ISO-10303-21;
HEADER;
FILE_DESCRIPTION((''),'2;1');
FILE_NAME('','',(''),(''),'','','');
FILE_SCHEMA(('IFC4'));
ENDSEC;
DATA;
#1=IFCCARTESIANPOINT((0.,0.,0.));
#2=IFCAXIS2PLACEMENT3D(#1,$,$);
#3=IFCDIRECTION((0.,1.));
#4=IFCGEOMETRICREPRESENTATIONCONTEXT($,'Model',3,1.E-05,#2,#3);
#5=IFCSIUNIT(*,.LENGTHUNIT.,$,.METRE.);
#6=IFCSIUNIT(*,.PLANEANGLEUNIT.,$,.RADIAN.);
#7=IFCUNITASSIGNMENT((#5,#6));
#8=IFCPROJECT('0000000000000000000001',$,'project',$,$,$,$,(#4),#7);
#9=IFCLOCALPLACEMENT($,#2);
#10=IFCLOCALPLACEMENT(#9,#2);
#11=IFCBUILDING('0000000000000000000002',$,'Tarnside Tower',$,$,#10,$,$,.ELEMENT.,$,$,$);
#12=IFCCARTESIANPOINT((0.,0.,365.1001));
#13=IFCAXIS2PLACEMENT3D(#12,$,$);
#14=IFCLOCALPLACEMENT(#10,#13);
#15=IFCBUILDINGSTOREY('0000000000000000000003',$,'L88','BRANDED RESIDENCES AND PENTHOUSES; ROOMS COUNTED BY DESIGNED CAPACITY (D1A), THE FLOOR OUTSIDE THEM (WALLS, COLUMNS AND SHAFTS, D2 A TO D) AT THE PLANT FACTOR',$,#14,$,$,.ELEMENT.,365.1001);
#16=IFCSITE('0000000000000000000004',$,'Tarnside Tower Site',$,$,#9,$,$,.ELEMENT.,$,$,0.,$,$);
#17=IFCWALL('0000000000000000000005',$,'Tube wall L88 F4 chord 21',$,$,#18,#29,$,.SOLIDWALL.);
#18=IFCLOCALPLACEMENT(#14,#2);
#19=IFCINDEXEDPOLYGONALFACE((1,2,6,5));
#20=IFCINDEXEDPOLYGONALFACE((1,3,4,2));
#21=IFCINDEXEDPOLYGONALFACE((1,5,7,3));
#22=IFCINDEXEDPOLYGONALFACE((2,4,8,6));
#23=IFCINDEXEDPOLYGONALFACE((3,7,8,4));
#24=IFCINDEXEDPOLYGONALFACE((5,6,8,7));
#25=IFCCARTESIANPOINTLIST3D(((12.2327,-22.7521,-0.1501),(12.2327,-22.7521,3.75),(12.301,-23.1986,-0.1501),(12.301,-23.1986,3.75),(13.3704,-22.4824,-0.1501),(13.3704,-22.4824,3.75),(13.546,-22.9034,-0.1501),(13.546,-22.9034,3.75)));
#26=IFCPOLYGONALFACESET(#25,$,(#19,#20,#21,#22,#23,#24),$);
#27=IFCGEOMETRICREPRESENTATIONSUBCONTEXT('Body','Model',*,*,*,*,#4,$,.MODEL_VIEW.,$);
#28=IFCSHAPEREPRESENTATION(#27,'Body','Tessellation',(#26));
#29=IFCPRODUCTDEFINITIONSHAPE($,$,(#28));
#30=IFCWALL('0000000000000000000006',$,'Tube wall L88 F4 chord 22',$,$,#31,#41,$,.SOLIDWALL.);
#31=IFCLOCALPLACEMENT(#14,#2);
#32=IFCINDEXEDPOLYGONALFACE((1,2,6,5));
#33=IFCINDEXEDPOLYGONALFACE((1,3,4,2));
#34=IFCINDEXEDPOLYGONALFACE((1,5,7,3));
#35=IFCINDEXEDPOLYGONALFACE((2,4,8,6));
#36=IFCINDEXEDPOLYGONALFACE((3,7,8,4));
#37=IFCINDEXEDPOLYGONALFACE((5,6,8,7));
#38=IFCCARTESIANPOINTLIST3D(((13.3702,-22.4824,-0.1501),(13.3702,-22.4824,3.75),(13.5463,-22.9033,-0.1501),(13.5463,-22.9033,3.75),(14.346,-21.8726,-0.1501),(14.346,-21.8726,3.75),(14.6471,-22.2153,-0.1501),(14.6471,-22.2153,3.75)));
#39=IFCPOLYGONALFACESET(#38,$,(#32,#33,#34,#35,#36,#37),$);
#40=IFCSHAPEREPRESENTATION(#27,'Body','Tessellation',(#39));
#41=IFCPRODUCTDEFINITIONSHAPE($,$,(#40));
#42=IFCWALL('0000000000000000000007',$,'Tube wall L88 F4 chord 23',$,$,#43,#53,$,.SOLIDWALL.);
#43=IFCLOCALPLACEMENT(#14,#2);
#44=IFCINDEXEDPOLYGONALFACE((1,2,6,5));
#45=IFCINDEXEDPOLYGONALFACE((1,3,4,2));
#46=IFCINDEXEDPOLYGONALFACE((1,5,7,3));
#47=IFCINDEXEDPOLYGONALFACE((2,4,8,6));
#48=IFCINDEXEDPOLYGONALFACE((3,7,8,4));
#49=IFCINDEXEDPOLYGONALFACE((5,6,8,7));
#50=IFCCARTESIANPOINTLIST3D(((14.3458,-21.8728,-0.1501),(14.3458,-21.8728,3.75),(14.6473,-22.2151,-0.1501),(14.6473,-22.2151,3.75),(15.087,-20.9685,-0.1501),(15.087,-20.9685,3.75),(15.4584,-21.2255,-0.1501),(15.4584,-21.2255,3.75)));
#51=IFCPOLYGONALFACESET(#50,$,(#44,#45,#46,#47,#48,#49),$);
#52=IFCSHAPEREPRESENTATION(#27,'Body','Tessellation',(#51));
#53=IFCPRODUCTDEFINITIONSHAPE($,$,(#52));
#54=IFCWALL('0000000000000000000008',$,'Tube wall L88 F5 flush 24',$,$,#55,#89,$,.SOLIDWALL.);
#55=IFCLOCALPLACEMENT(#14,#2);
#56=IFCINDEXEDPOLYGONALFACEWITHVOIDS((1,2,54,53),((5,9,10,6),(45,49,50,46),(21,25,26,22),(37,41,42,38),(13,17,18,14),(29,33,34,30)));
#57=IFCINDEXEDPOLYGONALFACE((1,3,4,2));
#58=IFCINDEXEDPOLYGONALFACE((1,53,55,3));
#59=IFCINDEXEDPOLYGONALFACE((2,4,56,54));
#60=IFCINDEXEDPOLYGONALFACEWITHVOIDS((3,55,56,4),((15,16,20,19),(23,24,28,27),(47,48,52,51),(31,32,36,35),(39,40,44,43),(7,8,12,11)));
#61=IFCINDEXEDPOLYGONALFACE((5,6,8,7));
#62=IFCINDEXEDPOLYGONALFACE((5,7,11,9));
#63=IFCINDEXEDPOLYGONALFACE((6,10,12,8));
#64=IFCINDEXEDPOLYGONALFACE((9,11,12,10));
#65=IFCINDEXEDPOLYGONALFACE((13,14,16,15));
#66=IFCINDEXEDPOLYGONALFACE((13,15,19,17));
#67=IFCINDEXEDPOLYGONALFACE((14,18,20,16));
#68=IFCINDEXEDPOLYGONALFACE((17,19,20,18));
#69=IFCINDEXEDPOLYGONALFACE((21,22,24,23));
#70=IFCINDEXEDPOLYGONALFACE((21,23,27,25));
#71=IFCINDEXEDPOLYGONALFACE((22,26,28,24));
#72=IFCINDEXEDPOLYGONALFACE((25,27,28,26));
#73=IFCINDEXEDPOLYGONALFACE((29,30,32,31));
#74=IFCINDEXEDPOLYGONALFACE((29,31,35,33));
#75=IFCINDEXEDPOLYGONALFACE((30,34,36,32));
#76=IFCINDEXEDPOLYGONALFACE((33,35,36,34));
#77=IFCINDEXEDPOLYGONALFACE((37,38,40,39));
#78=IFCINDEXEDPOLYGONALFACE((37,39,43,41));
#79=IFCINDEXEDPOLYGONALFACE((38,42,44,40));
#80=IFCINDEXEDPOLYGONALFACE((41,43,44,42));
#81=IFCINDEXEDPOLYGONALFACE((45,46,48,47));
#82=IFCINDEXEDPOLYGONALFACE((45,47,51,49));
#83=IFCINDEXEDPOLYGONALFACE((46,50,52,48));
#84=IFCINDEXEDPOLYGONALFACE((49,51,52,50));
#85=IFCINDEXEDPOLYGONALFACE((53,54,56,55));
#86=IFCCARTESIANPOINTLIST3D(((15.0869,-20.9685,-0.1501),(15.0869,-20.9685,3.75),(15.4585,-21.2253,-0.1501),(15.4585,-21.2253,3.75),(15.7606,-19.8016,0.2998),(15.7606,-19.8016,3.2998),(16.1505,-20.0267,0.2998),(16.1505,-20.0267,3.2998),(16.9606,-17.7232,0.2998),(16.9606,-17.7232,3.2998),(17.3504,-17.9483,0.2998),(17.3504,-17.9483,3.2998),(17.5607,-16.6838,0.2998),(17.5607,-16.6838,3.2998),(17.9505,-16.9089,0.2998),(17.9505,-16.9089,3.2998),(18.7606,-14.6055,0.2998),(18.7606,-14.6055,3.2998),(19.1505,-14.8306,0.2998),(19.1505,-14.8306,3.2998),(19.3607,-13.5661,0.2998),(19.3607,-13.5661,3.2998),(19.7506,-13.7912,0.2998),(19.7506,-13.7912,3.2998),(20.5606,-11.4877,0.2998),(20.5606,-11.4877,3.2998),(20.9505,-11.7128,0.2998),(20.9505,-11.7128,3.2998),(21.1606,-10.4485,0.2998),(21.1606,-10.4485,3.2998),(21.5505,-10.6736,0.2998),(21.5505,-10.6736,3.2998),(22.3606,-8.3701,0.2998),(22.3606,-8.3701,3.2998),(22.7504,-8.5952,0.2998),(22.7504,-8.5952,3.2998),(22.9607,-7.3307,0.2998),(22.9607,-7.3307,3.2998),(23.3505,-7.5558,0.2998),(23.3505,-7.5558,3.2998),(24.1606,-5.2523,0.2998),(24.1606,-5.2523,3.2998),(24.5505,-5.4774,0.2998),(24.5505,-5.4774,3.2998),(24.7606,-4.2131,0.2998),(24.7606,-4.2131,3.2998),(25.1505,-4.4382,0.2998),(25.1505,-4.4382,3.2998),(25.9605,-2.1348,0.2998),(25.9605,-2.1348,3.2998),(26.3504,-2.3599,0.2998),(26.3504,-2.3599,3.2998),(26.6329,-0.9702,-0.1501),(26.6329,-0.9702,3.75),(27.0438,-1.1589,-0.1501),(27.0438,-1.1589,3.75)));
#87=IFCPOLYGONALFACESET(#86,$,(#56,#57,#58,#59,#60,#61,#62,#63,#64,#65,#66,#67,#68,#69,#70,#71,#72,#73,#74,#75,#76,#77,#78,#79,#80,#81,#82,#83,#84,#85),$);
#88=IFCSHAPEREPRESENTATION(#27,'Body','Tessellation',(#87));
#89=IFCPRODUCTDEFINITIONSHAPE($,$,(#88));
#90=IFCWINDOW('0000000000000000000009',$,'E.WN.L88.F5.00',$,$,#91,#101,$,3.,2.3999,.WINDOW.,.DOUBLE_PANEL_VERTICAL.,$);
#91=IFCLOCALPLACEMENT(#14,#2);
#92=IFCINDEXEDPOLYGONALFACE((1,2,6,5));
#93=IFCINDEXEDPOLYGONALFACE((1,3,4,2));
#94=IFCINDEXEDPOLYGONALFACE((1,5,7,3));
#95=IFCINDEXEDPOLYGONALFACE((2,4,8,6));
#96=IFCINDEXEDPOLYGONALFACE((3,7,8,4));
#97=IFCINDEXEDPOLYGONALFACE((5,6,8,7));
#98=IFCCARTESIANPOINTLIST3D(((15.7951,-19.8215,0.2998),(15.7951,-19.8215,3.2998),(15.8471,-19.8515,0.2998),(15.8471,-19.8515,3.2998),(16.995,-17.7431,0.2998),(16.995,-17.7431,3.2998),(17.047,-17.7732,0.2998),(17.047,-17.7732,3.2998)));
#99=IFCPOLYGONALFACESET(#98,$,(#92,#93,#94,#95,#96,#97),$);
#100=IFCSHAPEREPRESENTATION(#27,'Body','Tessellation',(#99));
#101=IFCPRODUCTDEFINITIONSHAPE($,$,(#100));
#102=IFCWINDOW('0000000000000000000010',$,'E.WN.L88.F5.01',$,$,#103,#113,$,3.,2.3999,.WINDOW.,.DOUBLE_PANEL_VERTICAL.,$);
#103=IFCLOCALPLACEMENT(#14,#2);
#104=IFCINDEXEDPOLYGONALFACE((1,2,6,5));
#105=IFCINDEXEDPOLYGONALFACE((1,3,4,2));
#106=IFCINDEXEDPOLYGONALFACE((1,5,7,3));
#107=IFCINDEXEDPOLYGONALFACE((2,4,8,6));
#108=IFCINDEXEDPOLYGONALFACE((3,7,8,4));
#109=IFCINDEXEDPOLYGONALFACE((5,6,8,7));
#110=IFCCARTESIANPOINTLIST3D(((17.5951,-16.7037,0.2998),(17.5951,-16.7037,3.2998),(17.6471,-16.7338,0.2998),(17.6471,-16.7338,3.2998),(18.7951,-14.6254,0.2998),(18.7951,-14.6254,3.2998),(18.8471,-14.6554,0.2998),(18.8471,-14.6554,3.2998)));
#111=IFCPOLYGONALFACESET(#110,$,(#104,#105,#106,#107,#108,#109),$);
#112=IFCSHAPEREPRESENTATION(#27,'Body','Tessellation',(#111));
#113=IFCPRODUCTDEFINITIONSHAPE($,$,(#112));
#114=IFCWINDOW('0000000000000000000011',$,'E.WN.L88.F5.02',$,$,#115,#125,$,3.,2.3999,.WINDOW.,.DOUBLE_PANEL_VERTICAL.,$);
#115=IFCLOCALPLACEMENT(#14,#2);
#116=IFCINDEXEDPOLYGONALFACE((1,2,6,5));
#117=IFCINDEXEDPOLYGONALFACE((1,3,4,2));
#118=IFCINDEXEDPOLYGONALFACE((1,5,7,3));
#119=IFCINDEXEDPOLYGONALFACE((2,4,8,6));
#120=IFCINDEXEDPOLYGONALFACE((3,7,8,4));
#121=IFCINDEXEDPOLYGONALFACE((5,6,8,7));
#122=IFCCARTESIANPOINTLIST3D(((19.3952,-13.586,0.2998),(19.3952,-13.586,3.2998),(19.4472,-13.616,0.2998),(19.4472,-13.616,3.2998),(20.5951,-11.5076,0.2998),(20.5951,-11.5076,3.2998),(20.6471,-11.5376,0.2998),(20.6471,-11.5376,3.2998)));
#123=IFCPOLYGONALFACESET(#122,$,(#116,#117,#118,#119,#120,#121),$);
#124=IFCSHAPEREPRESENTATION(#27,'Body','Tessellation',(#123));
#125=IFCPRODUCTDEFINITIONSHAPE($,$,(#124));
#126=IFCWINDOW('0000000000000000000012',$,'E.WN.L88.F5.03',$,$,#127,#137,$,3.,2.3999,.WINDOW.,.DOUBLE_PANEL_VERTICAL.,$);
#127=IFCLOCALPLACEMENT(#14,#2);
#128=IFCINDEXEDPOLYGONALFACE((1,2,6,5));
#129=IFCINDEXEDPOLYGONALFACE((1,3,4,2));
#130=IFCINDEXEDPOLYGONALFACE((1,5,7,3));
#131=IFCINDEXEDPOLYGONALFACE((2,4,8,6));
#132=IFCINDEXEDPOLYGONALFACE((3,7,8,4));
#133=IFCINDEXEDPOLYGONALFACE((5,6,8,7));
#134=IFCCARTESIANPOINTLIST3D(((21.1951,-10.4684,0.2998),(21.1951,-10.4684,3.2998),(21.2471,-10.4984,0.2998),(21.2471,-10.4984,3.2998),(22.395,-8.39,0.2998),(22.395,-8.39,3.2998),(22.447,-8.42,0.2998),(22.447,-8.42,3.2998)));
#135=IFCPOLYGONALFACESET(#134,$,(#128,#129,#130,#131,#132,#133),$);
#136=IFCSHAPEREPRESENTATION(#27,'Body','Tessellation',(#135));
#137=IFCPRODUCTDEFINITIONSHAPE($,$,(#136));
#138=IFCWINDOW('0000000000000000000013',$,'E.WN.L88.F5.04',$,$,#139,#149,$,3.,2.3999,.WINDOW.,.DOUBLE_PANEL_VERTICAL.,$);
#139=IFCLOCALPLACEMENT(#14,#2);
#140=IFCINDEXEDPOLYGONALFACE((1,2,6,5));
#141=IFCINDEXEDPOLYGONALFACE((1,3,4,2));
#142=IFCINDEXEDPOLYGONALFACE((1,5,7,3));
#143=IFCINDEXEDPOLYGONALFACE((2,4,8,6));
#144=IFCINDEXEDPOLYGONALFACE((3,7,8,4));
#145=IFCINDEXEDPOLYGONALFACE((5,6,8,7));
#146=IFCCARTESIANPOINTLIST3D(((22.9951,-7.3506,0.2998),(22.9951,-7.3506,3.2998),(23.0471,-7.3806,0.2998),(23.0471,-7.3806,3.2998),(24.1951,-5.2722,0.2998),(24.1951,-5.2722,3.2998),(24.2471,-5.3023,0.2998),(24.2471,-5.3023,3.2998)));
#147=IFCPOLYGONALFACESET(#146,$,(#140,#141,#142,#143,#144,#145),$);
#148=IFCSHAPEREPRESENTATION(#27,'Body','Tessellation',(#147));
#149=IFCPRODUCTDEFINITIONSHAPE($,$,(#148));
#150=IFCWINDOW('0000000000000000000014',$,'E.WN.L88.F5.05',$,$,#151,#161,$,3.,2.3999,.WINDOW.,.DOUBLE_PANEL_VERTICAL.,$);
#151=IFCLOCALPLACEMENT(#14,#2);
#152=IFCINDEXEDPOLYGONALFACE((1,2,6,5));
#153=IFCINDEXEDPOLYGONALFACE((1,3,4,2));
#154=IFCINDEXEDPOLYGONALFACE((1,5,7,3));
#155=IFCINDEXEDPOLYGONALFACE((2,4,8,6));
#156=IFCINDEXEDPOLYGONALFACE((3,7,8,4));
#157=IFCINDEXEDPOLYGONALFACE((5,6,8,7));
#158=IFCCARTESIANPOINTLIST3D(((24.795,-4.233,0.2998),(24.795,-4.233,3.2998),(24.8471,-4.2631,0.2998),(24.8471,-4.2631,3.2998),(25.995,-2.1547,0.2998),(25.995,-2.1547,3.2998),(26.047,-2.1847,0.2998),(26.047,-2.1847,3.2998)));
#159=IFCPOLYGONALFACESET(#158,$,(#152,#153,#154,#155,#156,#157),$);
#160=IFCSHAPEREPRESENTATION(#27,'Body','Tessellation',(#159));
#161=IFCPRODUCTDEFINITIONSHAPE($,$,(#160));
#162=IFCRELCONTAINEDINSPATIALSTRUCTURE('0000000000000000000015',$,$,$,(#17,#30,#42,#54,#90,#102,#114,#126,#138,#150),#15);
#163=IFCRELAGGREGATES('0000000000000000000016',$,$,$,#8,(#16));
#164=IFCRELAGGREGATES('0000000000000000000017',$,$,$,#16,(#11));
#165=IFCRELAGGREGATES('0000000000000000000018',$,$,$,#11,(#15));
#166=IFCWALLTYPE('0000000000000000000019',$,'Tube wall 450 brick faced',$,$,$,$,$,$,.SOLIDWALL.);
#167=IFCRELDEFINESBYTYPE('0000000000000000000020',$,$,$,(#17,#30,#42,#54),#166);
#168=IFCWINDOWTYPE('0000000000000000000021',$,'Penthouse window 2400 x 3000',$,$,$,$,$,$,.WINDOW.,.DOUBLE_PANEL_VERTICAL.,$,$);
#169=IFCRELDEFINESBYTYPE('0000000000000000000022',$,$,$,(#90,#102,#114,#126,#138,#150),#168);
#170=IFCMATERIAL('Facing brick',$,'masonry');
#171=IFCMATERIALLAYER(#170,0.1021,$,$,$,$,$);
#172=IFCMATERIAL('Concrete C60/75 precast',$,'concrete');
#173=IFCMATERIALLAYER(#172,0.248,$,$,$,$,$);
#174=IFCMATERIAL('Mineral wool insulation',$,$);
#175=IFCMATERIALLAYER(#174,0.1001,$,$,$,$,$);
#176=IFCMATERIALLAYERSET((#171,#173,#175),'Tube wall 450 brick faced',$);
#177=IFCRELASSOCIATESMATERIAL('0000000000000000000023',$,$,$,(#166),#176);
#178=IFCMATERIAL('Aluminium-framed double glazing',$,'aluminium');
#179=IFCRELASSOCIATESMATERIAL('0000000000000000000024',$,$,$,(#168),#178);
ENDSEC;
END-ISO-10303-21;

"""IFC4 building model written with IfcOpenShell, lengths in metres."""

from ifc_helpers import new_model, si_unit, direction, frame, frame_2d, origin, place, context, subcontext, project, spatial, polyline, rectangle, outline, extrude, material, layer, layer_set, type_object, element, fill, save


model = new_model("IFC4")

# Units and contexts
model_context = context("Model", 3, precision=1e-05, world=origin(), true_north=direction((0.0, 1.0)))
body_context = subcontext(model_context, "Body", "Model", "MODEL_VIEW")
ifc_project = project(units=[si_unit("LENGTHUNIT", "METRE"), si_unit("PLANEANGLEUNIT", "RADIAN")], contexts=[model_context])

# Site, building, storey
site_placement = place(None, origin())
site = spatial("IfcSite", under=ifc_project, at=site_placement, Name="Tarnside Tower Site", CompositionType="ELEMENT", RefElevation=0.0)
building_placement = place(site_placement, origin())
building = spatial("IfcBuilding", under=site, at=building_placement, Name="Tarnside Tower", CompositionType="ELEMENT")
storey_placement = place(building_placement, frame((0.0, 0.0, 365.1001)))
storey = spatial("IfcBuildingStorey", under=building, at=storey_placement, Name="L88", Description="BRANDED RESIDENCES AND PENTHOUSES; ROOMS COUNTED BY DESIGNED CAPACITY (D1A), THE FLOOR OUTSIDE THEM (WALLS, COLUMNS AND SHAFTS, D2 A TO D) AT THE PLANT FACTOR", CompositionType="ELEMENT", Elevation=365.1001)

# Walls
ifc_material_1 = material(Name="Concrete C60/75 precast", Category="concrete")
ifc_material_2 = material(Name="Mineral wool insulation")
ifc_material_3 = material(Name="Facing brick", Category="masonry")
ifc_layer_1 = layer(ifc_material_3, 0.1021)
ifc_layer_2 = layer(ifc_material_1, 0.248)
ifc_layer_3 = layer(ifc_material_2, 0.1001)
ifc_layer_set_1 = layer_set([ifc_layer_1, ifc_layer_2, ifc_layer_3], Name="Tube wall 450 brick faced")
wall_type_1 = type_object("IfcWallType", Name="Tube wall 450 brick faced", PredefinedType="SOLIDWALL", material=ifc_layer_set_1)
wall_1_placement = place(storey_placement, frame((12.2668, -22.9753, -0.1501), z_axis=(0.0, 0.0, 1.0), x_axis=(0.973026, 0.230695, 0.0)))
element("IfcWall", 1, at=wall_1_placement, inside=storey, type_object=wall_type_1, Name="Tube wall L88 F4 chord 21", PredefinedType="SOLIDWALL", context=body_context, shape_type="SweptSolid", body=[
    extrude(outline(polyline([(-0.0183, -0.2251), (1.2612, -0.2251), (1.1875, 0.2251), (0.0183, 0.2251), (-0.0183, -0.2251)])), origin(), (0.0, 0.0, 1.0), 3.9001),
])
wall_2_placement = place(storey_placement, frame((13.4583, -22.6929, -0.1501), z_axis=(0.0, 0.0, 1.0), x_axis=(0.84801, 0.529981, 0.0)))
element("IfcWall", 2, at=wall_2_placement, inside=storey, type_object=wall_type_1, Name="Tube wall L88 F4 chord 22", PredefinedType="SOLIDWALL", context=body_context, shape_type="SweptSolid", body=[
    extrude(outline(polyline([(-0.0369, -0.2251), (1.2612, -0.2251), (1.1875, 0.2251), (0.0369, 0.2251), (-0.0369, -0.2251)])), origin(), (0.0, 0.0, 1.0), 3.9001),
])
wall_3_placement = place(storey_placement, frame((14.4966, -22.0439, -0.1501), z_axis=(0.0, 0.0, 1.0), x_axis=(0.633867, 0.773442, 0.0)))
element("IfcWall", 3, at=wall_3_placement, inside=storey, type_object=wall_type_1, Name="Tube wall L88 F4 chord 23", PredefinedType="SOLIDWALL", context=body_context, shape_type="SweptSolid", body=[
    extrude(outline(polyline([(-0.0369, -0.2251), (1.2427, -0.2251), (1.2061, 0.2251), (0.0369, 0.2251), (-0.0369, -0.2251)])), origin(), (0.0, 0.0, 1.0), 3.9001),
])

# Wall, openings, windows
wall_4_placement = place(storey_placement, frame((15.2727, -21.0969, -0.1501), z_axis=(0.0, 0.0, 1.0), x_axis=(0.499997, 0.866027, 0.0)))
wall_4 = element("IfcWall", 4, at=wall_4_placement, inside=storey, type_object=wall_type_1, Name="Tube wall L88 F5 flush 24", PredefinedType="SOLIDWALL", context=body_context, shape_type="SweptSolid", body=[
    extrude(outline(polyline([(-0.0183, -0.2251), (23.1523, -0.2251), (23.1104, 0.2251), (0.0183, 0.2251), (-0.0183, -0.2251)])), origin(), (0.0, 0.0, 1.0), 3.9001),
])
opening_1_placement = place(wall_4_placement, frame((1.3657, 0.0, 0.45)))
opening_1 = element("IfcOpeningElement", 5, at=opening_1_placement, cuts=wall_4, PredefinedType="OPENING", context=body_context, shape_type="SweptSolid", body=[
    extrude(rectangle(XDim=2.3999, YDim=3.0, at=frame_2d((1.2, 1.5))), frame((0.0, 0.2349, 0.0), z_axis=(0.0, -1.0, 0.0), x_axis=(1.0, 0.0, 0.0)), (0.0, 0.0, 1.0), 0.47),
])
opening_2_placement = place(wall_4_placement, frame((4.9658, 0.0, 0.45)))
opening_2 = element("IfcOpeningElement", 6, at=opening_2_placement, cuts=wall_4, PredefinedType="OPENING", context=body_context, shape_type="SweptSolid", body=[
    extrude(rectangle(XDim=2.3999, YDim=3.0, at=frame_2d((1.2, 1.5))), frame((0.0, 0.2349, 0.0), z_axis=(0.0, -1.0, 0.0), x_axis=(1.0, 0.0, 0.0)), (0.0, 0.0, 1.0), 0.47),
])
opening_3_placement = place(wall_4_placement, frame((8.5659, 0.0, 0.45)))
opening_3 = element("IfcOpeningElement", 7, at=opening_3_placement, cuts=wall_4, PredefinedType="OPENING", context=body_context, shape_type="SweptSolid", body=[
    extrude(rectangle(XDim=2.3999, YDim=3.0, at=frame_2d((1.2, 1.5))), frame((0.0, 0.2349, 0.0), z_axis=(0.0, -1.0, 0.0), x_axis=(1.0, 0.0, 0.0)), (0.0, 0.0, 1.0), 0.47),
])
opening_4_placement = place(wall_4_placement, frame((12.1658, 0.0, 0.45)))
opening_4 = element("IfcOpeningElement", 8, at=opening_4_placement, cuts=wall_4, PredefinedType="OPENING", context=body_context, shape_type="SweptSolid", body=[
    extrude(rectangle(XDim=2.3999, YDim=3.0, at=frame_2d((1.2, 1.5))), frame((0.0, 0.2349, 0.0), z_axis=(0.0, -1.0, 0.0), x_axis=(1.0, 0.0, 0.0)), (0.0, 0.0, 1.0), 0.47),
])
opening_5_placement = place(wall_4_placement, frame((15.7659, 0.0, 0.45)))
opening_5 = element("IfcOpeningElement", 9, at=opening_5_placement, cuts=wall_4, PredefinedType="OPENING", context=body_context, shape_type="SweptSolid", body=[
    extrude(rectangle(XDim=2.3999, YDim=3.0, at=frame_2d((1.2, 1.5))), frame((0.0, 0.2349, 0.0), z_axis=(0.0, -1.0, 0.0), x_axis=(1.0, 0.0, 0.0)), (0.0, 0.0, 1.0), 0.47),
])
opening_6_placement = place(wall_4_placement, frame((19.3657, 0.0, 0.45)))
opening_6 = element("IfcOpeningElement", 10, at=opening_6_placement, cuts=wall_4, PredefinedType="OPENING", context=body_context, shape_type="SweptSolid", body=[
    extrude(rectangle(XDim=2.3999, YDim=3.0, at=frame_2d((1.2, 1.5))), frame((0.0, 0.2349, 0.0), z_axis=(0.0, -1.0, 0.0), x_axis=(1.0, 0.0, 0.0)), (0.0, 0.0, 1.0), 0.47),
])
ifc_material_4 = material(Name="Aluminium-framed double glazing", Category="aluminium")
window_type = type_object("IfcWindowType", Name="Penthouse window 2400 x 3000", PartitioningType="DOUBLE_PANEL_VERTICAL", PredefinedType="WINDOW", material=ifc_material_4)
window_1_placement = place(opening_1_placement, frame((0.0, 0.1553, 0.0)))
window_1 = element("IfcWindow", 11, at=window_1_placement, inside=storey, type_object=window_type, Name="E.WN.L88.F5.00", OverallHeight=3.0, OverallWidth=2.3999, PartitioningType="DOUBLE_PANEL_VERTICAL", PredefinedType="WINDOW", context=body_context, shape_type="SweptSolid", body=[
    extrude(rectangle(XDim=2.3999, YDim=3.0, at=frame_2d((1.2, 1.5))), frame((0.0, 0.03, 0.0), z_axis=(0.0, -1.0, 0.0), x_axis=(1.0, 0.0, 0.0)), (0.0, 0.0, 1.0), 0.0601),
])
fill(opening_1, window_1)
window_2_placement = place(opening_2_placement, frame((0.0, 0.1553, 0.0)))
window_2 = element("IfcWindow", 12, at=window_2_placement, inside=storey, type_object=window_type, Name="E.WN.L88.F5.01", OverallHeight=3.0, OverallWidth=2.3999, PartitioningType="DOUBLE_PANEL_VERTICAL", PredefinedType="WINDOW", context=body_context, shape_type="SweptSolid", body=[
    extrude(rectangle(XDim=2.3999, YDim=3.0, at=frame_2d((1.2, 1.5))), frame((0.0, 0.03, 0.0), z_axis=(0.0, -1.0, 0.0), x_axis=(1.0, 0.0, 0.0)), (0.0, 0.0, 1.0), 0.0601),
])
fill(opening_2, window_2)
window_3_placement = place(opening_3_placement, frame((0.0, 0.1553, 0.0)))
window_3 = element("IfcWindow", 13, at=window_3_placement, inside=storey, type_object=window_type, Name="E.WN.L88.F5.02", OverallHeight=3.0, OverallWidth=2.3999, PartitioningType="DOUBLE_PANEL_VERTICAL", PredefinedType="WINDOW", context=body_context, shape_type="SweptSolid", body=[
    extrude(rectangle(XDim=2.3999, YDim=3.0, at=frame_2d((1.2, 1.5))), frame((0.0, 0.03, 0.0), z_axis=(0.0, -1.0, 0.0), x_axis=(1.0, 0.0, 0.0)), (0.0, 0.0, 1.0), 0.0601),
])
fill(opening_3, window_3)
window_4_placement = place(opening_4_placement, frame((0.0, 0.1553, 0.0)))
window_4 = element("IfcWindow", 14, at=window_4_placement, inside=storey, type_object=window_type, Name="E.WN.L88.F5.03", OverallHeight=3.0, OverallWidth=2.3999, PartitioningType="DOUBLE_PANEL_VERTICAL", PredefinedType="WINDOW", context=body_context, shape_type="SweptSolid", body=[
    extrude(rectangle(XDim=2.3999, YDim=3.0, at=frame_2d((1.2, 1.5))), frame((0.0, 0.03, 0.0), z_axis=(0.0, -1.0, 0.0), x_axis=(1.0, 0.0, 0.0)), (0.0, 0.0, 1.0), 0.0601),
])
fill(opening_4, window_4)
window_5_placement = place(opening_5_placement, frame((0.0, 0.1553, 0.0)))
window_5 = element("IfcWindow", 15, at=window_5_placement, inside=storey, type_object=window_type, Name="E.WN.L88.F5.04", OverallHeight=3.0, OverallWidth=2.3999, PartitioningType="DOUBLE_PANEL_VERTICAL", PredefinedType="WINDOW", context=body_context, shape_type="SweptSolid", body=[
    extrude(rectangle(XDim=2.3999, YDim=3.0, at=frame_2d((1.2, 1.5))), frame((0.0, 0.03, 0.0), z_axis=(0.0, -1.0, 0.0), x_axis=(1.0, 0.0, 0.0)), (0.0, 0.0, 1.0), 0.0601),
])
fill(opening_5, window_5)
window_6_placement = place(opening_6_placement, frame((0.0, 0.1553, 0.0)))
window_6 = element("IfcWindow", 16, at=window_6_placement, inside=storey, type_object=window_type, Name="E.WN.L88.F5.05", OverallHeight=3.0, OverallWidth=2.3999, PartitioningType="DOUBLE_PANEL_VERTICAL", PredefinedType="WINDOW", context=body_context, shape_type="SweptSolid", body=[
    extrude(rectangle(XDim=2.3999, YDim=3.0, at=frame_2d((1.2, 1.5))), frame((0.0, 0.03, 0.0), z_axis=(0.0, -1.0, 0.0), x_axis=(1.0, 0.0, 0.0)), (0.0, 0.0, 1.0), 0.0601),
])
fill(opening_6, window_6)

save(model, "model.ifc")
